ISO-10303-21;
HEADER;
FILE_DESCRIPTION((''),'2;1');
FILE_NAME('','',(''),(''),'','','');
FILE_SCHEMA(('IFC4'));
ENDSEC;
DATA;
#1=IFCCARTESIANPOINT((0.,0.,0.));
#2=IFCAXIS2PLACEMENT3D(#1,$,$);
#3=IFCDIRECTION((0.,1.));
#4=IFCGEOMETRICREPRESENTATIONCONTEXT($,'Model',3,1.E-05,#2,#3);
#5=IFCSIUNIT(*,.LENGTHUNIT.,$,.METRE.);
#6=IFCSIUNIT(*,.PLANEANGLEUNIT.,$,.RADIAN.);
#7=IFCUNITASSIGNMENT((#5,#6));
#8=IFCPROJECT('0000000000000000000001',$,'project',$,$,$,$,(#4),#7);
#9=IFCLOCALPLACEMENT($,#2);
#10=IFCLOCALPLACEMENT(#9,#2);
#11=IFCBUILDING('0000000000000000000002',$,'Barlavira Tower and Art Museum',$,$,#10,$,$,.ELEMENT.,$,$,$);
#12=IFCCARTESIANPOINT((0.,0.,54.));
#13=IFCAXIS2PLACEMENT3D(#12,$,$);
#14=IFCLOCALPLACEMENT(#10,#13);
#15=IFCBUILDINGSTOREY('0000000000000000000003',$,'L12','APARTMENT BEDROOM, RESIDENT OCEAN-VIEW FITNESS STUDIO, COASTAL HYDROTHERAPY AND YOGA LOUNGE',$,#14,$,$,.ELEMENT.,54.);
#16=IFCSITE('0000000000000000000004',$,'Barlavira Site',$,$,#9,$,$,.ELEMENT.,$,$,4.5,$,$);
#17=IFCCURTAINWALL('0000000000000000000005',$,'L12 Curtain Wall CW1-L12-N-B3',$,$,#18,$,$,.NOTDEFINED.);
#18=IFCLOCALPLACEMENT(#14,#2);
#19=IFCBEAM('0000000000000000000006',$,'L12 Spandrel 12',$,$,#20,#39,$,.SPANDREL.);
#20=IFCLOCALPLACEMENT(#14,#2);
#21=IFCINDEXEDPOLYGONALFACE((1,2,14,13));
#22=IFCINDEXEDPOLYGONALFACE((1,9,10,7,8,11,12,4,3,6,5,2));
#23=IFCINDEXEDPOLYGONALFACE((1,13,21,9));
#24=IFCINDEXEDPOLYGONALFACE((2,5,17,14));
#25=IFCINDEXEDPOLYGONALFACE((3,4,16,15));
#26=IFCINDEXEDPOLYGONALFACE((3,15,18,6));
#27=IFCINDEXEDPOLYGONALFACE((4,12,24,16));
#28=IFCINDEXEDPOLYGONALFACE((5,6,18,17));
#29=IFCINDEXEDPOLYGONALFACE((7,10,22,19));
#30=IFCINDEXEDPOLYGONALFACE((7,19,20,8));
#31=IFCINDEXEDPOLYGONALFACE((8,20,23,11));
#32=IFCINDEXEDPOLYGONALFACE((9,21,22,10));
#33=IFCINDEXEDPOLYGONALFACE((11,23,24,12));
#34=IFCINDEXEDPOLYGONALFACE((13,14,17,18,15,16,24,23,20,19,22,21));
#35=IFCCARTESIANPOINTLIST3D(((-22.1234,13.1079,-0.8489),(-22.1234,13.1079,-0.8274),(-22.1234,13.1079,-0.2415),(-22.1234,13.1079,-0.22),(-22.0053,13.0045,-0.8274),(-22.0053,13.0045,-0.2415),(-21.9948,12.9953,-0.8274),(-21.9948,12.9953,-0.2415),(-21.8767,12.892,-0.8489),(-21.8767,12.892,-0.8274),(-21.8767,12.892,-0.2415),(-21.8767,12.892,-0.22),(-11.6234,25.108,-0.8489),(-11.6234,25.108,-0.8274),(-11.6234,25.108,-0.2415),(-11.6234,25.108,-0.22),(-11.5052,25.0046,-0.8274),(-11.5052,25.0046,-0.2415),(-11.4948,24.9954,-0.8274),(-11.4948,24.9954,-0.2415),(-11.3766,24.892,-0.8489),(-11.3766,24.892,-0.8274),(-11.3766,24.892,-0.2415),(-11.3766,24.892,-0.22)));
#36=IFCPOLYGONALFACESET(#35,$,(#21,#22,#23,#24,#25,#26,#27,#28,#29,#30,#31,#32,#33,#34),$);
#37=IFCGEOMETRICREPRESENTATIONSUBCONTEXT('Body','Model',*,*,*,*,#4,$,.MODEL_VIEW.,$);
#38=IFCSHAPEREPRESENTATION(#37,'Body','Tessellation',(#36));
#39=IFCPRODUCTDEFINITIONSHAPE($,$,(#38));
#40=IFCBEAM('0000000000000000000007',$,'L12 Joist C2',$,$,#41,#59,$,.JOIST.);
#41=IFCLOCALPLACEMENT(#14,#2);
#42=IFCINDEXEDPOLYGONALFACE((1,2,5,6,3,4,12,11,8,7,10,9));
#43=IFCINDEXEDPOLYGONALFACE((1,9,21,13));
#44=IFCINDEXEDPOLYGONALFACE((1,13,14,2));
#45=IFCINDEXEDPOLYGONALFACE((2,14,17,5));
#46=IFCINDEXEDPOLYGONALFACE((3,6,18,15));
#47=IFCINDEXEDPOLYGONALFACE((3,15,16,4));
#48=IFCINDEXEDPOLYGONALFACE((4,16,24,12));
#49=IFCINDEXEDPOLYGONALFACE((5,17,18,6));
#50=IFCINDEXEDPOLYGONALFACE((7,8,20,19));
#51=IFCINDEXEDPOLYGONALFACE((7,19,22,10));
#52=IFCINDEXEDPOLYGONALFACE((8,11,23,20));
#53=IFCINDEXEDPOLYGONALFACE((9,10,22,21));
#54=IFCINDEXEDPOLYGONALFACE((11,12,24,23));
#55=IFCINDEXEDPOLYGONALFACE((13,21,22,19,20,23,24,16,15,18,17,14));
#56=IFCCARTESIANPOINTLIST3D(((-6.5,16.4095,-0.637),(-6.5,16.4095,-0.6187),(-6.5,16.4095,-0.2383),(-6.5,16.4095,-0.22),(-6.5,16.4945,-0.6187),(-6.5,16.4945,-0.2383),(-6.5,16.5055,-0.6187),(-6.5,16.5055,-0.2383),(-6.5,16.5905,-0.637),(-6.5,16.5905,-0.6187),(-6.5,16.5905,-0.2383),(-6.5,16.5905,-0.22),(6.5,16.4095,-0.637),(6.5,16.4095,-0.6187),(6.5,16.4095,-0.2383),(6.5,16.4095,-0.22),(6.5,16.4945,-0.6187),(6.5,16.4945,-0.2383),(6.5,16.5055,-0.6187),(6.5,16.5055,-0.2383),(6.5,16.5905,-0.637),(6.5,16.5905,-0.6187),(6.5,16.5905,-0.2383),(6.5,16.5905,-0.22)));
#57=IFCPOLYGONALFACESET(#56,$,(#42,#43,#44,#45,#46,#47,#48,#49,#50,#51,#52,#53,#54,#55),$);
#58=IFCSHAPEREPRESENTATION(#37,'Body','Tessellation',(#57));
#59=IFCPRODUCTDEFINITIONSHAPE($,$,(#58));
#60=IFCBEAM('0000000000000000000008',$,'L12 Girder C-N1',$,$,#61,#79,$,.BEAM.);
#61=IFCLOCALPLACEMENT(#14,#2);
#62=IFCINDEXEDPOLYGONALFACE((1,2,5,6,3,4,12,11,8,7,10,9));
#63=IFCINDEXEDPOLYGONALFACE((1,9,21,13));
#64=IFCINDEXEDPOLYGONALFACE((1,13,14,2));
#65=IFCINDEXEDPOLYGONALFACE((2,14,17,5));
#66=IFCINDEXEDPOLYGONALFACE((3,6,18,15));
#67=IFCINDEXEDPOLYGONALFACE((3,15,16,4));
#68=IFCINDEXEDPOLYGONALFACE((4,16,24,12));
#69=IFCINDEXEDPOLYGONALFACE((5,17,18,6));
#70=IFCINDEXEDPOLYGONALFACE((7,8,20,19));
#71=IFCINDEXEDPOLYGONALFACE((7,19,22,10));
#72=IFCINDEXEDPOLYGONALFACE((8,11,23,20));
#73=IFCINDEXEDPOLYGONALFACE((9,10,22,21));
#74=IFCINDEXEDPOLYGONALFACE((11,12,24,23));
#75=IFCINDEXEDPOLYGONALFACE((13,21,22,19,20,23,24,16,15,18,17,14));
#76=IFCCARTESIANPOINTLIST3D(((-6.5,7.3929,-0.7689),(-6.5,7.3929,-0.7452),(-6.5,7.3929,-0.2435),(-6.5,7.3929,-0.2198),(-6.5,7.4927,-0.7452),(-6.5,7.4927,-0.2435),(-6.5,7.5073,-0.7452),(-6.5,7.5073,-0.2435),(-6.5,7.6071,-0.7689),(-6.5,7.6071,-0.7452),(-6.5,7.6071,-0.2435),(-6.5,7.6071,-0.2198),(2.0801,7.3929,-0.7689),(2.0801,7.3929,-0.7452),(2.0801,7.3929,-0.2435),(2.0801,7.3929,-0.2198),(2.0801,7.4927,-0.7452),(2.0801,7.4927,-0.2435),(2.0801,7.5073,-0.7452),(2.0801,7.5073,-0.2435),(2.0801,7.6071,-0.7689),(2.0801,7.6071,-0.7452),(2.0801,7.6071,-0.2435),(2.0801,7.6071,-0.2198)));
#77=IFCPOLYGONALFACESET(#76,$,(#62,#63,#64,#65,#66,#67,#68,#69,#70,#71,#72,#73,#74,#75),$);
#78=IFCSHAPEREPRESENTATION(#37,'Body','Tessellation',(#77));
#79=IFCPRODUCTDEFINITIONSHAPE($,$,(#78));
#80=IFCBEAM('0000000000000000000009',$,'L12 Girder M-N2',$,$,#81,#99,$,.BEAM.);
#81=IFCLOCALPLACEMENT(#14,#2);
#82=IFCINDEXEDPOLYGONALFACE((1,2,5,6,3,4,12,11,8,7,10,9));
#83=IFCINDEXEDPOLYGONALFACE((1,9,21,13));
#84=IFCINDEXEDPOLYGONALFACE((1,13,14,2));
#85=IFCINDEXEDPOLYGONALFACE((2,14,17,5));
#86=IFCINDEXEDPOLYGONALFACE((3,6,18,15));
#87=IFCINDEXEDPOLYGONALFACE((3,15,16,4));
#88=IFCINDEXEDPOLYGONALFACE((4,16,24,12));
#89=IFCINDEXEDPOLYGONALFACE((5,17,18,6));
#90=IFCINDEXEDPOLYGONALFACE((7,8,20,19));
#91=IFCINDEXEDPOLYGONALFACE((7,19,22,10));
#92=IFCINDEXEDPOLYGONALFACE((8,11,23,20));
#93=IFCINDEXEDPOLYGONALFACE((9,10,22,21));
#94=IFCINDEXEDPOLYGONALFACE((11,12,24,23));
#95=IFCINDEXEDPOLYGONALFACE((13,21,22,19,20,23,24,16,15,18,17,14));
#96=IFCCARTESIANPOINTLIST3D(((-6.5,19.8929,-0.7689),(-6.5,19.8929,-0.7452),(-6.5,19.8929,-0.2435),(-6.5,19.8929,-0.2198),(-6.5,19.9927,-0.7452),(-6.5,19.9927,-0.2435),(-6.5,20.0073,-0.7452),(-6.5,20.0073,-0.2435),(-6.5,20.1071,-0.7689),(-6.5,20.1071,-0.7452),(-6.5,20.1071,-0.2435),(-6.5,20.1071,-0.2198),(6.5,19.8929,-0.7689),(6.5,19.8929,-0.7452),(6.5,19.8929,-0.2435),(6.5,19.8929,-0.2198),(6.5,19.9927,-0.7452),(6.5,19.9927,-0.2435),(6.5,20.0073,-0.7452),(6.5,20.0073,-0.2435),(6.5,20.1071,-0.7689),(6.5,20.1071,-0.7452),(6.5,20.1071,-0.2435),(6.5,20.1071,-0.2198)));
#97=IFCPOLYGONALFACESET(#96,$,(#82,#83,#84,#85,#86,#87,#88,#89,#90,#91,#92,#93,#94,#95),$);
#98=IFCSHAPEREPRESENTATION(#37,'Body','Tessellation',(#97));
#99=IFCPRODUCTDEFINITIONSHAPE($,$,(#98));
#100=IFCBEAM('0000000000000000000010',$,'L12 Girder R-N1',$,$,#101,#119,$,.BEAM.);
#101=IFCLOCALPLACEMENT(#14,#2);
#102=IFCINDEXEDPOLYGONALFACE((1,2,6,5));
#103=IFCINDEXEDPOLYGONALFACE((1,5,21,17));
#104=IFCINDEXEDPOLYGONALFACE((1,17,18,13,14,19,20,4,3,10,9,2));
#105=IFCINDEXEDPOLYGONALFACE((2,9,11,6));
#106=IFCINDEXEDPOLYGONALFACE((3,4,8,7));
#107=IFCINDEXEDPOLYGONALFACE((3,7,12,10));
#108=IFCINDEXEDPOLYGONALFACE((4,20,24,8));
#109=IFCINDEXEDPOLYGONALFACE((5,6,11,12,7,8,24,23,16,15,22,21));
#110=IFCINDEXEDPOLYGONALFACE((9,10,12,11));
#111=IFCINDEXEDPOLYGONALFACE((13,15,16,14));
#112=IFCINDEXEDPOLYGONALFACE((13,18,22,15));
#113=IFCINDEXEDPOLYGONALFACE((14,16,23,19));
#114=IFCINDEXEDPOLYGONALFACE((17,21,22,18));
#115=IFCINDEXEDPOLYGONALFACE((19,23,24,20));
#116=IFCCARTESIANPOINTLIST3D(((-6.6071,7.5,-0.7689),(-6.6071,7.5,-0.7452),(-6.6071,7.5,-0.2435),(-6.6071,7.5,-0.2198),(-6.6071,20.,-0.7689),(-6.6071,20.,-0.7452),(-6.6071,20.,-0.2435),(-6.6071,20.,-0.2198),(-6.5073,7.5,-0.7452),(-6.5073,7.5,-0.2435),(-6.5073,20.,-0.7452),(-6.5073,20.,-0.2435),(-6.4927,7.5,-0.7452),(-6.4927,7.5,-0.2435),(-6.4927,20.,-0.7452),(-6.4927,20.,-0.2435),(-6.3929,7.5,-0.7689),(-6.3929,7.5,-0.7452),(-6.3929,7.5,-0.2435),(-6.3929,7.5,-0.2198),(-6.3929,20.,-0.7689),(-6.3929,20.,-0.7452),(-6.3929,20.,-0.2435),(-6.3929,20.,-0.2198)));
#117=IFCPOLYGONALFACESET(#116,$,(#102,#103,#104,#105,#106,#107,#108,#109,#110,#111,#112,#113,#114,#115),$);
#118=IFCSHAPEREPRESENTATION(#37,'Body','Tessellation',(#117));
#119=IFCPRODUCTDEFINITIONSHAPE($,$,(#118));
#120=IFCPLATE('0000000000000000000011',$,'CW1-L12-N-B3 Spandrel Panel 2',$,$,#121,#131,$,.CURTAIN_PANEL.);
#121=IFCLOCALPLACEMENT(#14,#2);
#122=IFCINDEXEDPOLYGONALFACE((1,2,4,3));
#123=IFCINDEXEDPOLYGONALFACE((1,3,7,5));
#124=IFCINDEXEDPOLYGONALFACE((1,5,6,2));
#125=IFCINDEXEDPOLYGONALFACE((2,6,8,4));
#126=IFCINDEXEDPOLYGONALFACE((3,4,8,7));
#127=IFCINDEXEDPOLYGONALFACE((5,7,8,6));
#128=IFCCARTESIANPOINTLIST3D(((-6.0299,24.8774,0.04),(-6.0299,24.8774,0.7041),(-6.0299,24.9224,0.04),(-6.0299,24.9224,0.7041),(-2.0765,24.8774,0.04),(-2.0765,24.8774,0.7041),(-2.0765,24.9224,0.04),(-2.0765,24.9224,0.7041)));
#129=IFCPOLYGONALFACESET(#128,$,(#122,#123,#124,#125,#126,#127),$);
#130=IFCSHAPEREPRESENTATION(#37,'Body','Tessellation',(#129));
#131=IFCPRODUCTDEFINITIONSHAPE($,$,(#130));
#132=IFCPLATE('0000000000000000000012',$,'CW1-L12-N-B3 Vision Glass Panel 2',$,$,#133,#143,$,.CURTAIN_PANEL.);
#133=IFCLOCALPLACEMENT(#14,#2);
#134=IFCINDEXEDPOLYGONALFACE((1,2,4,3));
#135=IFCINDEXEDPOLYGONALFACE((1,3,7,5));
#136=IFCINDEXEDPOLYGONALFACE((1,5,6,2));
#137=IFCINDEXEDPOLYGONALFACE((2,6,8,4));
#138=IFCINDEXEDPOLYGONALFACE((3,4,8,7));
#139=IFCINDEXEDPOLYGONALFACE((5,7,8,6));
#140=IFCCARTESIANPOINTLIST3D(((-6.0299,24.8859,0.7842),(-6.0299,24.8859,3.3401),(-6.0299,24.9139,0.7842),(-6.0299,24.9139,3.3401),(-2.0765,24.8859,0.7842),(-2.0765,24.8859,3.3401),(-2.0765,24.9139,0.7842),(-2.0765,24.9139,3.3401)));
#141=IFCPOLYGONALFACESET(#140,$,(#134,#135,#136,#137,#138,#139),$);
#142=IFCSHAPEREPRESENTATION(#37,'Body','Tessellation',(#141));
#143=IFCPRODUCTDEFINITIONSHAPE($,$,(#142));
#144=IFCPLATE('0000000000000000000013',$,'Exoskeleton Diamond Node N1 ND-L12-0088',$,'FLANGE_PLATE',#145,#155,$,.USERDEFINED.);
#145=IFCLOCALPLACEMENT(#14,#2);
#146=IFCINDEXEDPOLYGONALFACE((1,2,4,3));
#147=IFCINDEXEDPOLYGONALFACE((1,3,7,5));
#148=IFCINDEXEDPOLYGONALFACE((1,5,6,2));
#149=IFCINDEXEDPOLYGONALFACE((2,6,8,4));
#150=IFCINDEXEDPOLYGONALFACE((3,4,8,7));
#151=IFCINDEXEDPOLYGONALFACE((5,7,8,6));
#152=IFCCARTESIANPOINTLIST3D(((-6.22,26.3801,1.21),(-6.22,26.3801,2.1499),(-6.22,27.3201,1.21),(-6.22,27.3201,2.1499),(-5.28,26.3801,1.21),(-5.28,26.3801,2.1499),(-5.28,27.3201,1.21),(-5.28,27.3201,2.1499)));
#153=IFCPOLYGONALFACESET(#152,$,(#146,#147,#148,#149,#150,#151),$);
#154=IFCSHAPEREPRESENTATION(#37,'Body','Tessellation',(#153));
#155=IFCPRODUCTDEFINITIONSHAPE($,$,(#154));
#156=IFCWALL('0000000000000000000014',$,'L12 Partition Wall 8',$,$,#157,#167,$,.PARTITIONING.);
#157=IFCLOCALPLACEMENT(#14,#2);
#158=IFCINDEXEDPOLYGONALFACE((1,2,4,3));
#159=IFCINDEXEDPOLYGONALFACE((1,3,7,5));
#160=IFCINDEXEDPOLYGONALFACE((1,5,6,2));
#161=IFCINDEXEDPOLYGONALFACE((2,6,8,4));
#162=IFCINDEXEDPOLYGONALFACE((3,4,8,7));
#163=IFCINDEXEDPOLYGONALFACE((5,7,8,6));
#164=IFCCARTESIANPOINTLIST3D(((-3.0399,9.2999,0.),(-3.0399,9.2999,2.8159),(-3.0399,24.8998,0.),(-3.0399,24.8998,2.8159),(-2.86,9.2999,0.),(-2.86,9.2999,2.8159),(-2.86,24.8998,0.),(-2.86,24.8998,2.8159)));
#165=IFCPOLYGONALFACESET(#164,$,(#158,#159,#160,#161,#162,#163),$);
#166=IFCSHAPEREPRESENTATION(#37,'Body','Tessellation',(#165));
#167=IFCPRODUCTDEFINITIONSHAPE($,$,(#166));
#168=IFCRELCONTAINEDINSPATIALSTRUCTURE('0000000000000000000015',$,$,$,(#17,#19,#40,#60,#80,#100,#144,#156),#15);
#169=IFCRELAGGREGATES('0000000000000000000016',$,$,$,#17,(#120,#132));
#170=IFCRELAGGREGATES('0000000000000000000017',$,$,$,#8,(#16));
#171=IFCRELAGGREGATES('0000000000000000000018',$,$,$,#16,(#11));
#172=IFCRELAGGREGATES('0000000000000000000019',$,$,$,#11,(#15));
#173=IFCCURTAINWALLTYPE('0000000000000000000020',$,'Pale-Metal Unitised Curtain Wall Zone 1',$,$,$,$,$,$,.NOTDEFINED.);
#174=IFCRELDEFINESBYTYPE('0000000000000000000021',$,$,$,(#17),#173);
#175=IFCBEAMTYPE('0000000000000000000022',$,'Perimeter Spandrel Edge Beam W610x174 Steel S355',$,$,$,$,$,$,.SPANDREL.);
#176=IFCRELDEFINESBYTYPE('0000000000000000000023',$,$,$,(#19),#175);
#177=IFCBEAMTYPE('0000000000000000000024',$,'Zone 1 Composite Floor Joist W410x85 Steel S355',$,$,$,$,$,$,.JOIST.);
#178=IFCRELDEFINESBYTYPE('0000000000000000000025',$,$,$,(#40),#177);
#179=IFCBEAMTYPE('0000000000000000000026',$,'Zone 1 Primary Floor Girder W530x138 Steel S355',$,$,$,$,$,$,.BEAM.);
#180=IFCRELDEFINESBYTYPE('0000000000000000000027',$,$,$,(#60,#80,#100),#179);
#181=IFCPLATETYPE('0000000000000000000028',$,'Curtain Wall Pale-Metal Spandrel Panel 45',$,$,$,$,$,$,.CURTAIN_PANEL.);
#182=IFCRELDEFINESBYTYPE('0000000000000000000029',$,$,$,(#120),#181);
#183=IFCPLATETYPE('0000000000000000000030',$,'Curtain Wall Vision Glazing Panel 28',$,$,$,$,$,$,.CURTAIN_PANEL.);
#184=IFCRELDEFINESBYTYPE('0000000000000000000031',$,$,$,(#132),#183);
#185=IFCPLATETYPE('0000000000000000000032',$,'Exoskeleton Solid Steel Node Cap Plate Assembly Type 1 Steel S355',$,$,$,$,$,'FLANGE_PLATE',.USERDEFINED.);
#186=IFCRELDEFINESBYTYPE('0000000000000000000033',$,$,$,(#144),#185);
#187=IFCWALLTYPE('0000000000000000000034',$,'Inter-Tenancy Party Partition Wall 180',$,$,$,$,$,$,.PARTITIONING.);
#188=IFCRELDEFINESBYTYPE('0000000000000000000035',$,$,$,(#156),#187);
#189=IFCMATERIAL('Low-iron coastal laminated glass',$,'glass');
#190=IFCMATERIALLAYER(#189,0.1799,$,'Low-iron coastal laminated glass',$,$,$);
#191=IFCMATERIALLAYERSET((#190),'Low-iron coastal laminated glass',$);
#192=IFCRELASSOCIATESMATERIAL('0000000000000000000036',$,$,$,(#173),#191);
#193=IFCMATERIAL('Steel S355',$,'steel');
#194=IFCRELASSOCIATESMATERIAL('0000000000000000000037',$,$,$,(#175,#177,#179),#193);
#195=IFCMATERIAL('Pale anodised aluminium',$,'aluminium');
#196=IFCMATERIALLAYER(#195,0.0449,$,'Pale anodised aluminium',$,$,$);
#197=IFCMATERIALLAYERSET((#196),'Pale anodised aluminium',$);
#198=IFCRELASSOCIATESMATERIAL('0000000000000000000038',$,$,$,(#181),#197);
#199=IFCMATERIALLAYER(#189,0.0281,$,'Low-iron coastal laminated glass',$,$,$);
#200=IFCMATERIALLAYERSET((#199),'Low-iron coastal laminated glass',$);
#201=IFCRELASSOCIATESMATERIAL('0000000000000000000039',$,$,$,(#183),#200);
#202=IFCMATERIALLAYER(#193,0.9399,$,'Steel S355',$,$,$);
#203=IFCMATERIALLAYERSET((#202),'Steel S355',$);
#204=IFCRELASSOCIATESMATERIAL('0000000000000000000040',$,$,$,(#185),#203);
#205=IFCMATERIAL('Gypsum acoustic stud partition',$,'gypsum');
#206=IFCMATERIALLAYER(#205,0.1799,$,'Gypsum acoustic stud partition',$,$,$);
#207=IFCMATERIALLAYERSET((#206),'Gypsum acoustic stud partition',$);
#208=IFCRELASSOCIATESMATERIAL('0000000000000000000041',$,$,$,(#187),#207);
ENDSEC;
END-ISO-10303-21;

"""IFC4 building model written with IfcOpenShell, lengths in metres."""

from ifc_helpers import new_model, si_unit, direction, frame, frame_2d, origin, origin_2d, place, context, subcontext, project, spatial, rectangle, i_section, extrude, material, layer, layer_set, material_profile, profile_set, type_object, element, aggregate, save


model = new_model("IFC4")

# Units and contexts
model_context = context("Model", 3, precision=1e-05, world=origin(), true_north=direction((0.0, 1.0)))
body_context = subcontext(model_context, "Body", "Model", "MODEL_VIEW")
ifc_project = project(units=[si_unit("LENGTHUNIT", "METRE"), si_unit("PLANEANGLEUNIT", "RADIAN")], contexts=[model_context])

# Site, building, storey
site_placement = place(None, origin())
site = spatial("IfcSite", under=ifc_project, at=site_placement, Name="Barlavira Site", CompositionType="ELEMENT", RefElevation=4.5)
building_placement = place(site_placement, origin())
building = spatial("IfcBuilding", under=site, at=building_placement, Name="Barlavira Tower and Art Museum", CompositionType="ELEMENT")
storey_placement = place(building_placement, frame((0.0, 0.0, 54.0)))
storey = spatial("IfcBuildingStorey", under=building, at=storey_placement, Name="L12", Description="APARTMENT BEDROOM, RESIDENT OCEAN-VIEW FITNESS STUDIO, COASTAL HYDROTHERAPY AND YOGA LOUNGE", CompositionType="ELEMENT", Elevation=54.0)

# Shared definitions
ifc_material_1 = material(Name="Steel S355", Category="steel")

# Curtain wall
ifc_material_2 = material(Name="Low-iron coastal laminated glass", Category="glass")
ifc_layer_1 = layer(ifc_material_2, 0.1799, Name="Low-iron coastal laminated glass")
ifc_layer_set_1 = layer_set([ifc_layer_1], Name="Low-iron coastal laminated glass")
curtain_wall_type = type_object("IfcCurtainWallType", Name="Pale-Metal Unitised Curtain Wall Zone 1", PredefinedType="NOTDEFINED", material=ifc_layer_set_1)
curtain_wall_placement = place(storey_placement, origin())
curtain_wall = element("IfcCurtainWall", 1, at=curtain_wall_placement, inside=storey, type_object=curtain_wall_type, Name="L12 Curtain Wall CW1-L12-N-B3", PredefinedType="NOTDEFINED")
ifc_material_3 = material(Name="Pale anodised aluminium", Category="aluminium")

# Beams
ifc_material_profile_1 = material_profile(ifc_material_1, i_section(OverallWidth=0.3279, OverallDepth=0.6289, WebThickness=0.0139, FlangeThickness=0.0215, at=origin_2d()), Name="W610x174.0")
ifc_profile_set_1 = profile_set([ifc_material_profile_1], Name="Steel S355")
beam_type_1 = type_object("IfcBeamType", Name="Perimeter Spandrel Edge Beam W610x174 Steel S355", PredefinedType="SPANDREL", material=ifc_profile_set_1)
beam_1_placement = place(storey_placement, frame((-11.5, 25.0, -0.5344), z_axis=(-0.658505, -0.752577, 0.0), x_axis=(0.752577, -0.658505, 0.0)))
element("IfcBeam", 2, at=beam_1_placement, inside=storey, type_object=beam_type_1, Name="L12 Spandrel 12", PredefinedType="SPANDREL", context=body_context, shape_type="SweptSolid", body=[
    extrude(i_section(OverallWidth=0.3279, OverallDepth=0.6289, WebThickness=0.0139, FlangeThickness=0.0215, at=origin_2d()), origin(), (0.0, 0.0, 1.0), 15.9453),
])
ifc_material_profile_2 = material_profile(ifc_material_1, i_section(OverallWidth=0.1809, OverallDepth=0.417, WebThickness=0.011, FlangeThickness=0.0183, at=origin_2d()), Name="W410x85.0")
ifc_profile_set_2 = profile_set([ifc_material_profile_2], Name="Steel S355")
beam_type_2 = type_object("IfcBeamType", Name="Zone 1 Composite Floor Joist W410x85 Steel S355", PredefinedType="JOIST", material=ifc_profile_set_2)
beam_2_placement = place(storey_placement, frame((-6.5, 16.5, -0.4285), z_axis=(1.0, 0.0, 0.0), x_axis=(0.0, 1.0, 0.0)))
element("IfcBeam", 3, at=beam_2_placement, inside=storey, type_object=beam_type_2, Name="L12 Joist C2", PredefinedType="JOIST", context=body_context, shape_type="SweptSolid", body=[
    extrude(i_section(OverallWidth=0.1809, OverallDepth=0.417, WebThickness=0.011, FlangeThickness=0.0183, at=origin_2d()), origin(), (0.0, 0.0, 1.0), 13.0),
])
ifc_material_profile_3 = material_profile(ifc_material_1, i_section(OverallWidth=0.2141, OverallDepth=0.5491, WebThickness=0.0146, FlangeThickness=0.0237, at=origin_2d()), Name="W530x138.0")
ifc_profile_set_3 = profile_set([ifc_material_profile_3], Name="Steel S355")
beam_type_3 = type_object("IfcBeamType", Name="Zone 1 Primary Floor Girder W530x138 Steel S355", PredefinedType="BEAM", material=ifc_profile_set_3)
beam_3_placement = place(storey_placement, frame((-6.5, 7.5, -0.4944), z_axis=(1.0, 0.0, 0.0), x_axis=(0.0, 1.0, 0.0)))
element("IfcBeam", 4, at=beam_3_placement, inside=storey, type_object=beam_type_3, Name="L12 Girder C-N1", PredefinedType="BEAM", context=body_context, shape_type="SweptSolid", body=[
    extrude(i_section(OverallWidth=0.2141, OverallDepth=0.5491, WebThickness=0.0146, FlangeThickness=0.0237, at=origin_2d()), origin(), (0.0, 0.0, 1.0), 8.5801),
])
beam_4_placement = place(storey_placement, frame((-6.5, 20.0, -0.4944), z_axis=(1.0, 0.0, 0.0), x_axis=(0.0, 1.0, 0.0)))
element("IfcBeam", 5, at=beam_4_placement, inside=storey, type_object=beam_type_3, Name="L12 Girder M-N2", PredefinedType="BEAM", context=body_context, shape_type="SweptSolid", body=[
    extrude(i_section(OverallWidth=0.2141, OverallDepth=0.5491, WebThickness=0.0146, FlangeThickness=0.0237, at=origin_2d()), origin(), (0.0, 0.0, 1.0), 13.0),
])
beam_5_placement = place(storey_placement, frame((-6.5, 7.5, -0.4944), z_axis=(0.0, 1.0, 0.0), x_axis=(-1.0, 0.0, 0.0)))
element("IfcBeam", 6, at=beam_5_placement, inside=storey, type_object=beam_type_3, Name="L12 Girder R-N1", PredefinedType="BEAM", context=body_context, shape_type="SweptSolid", body=[
    extrude(i_section(OverallWidth=0.2141, OverallDepth=0.5491, WebThickness=0.0146, FlangeThickness=0.0237, at=origin_2d()), origin(), (0.0, 0.0, 1.0), 12.5),
])

# Plates
ifc_layer_2 = layer(ifc_material_3, 0.0449, Name="Pale anodised aluminium")
ifc_layer_set_2 = layer_set([ifc_layer_2], Name="Pale anodised aluminium")
plate_type_1 = type_object("IfcPlateType", Name="Curtain Wall Pale-Metal Spandrel Panel 45", PredefinedType="CURTAIN_PANEL", material=ifc_layer_set_2)
plate_1_placement = place(storey_placement, frame((-4.0532, 24.8999, 0.04), z_axis=(0.0, 0.0, 1.0), x_axis=(-1.0, 0.0, 0.0)))
plate_1 = element("IfcPlate", 7, at=plate_1_placement, type_object=plate_type_1, Name="CW1-L12-N-B3 Spandrel Panel 2", PredefinedType="CURTAIN_PANEL", context=body_context, shape_type="SweptSolid", body=[
    extrude(rectangle(XDim=3.9534, YDim=0.0449, at=origin_2d()), origin(), (0.0, 0.0, 1.0), 0.6641),
])
ifc_layer_3 = layer(ifc_material_2, 0.0281, Name="Low-iron coastal laminated glass")
ifc_layer_set_3 = layer_set([ifc_layer_3], Name="Low-iron coastal laminated glass")
plate_type_2 = type_object("IfcPlateType", Name="Curtain Wall Vision Glazing Panel 28", PredefinedType="CURTAIN_PANEL", material=ifc_layer_set_3)
plate_2_placement = place(storey_placement, frame((-4.0532, 24.8999, 0.7842), z_axis=(0.0, 0.0, 1.0), x_axis=(-1.0, 0.0, 0.0)))
plate_2 = element("IfcPlate", 8, at=plate_2_placement, type_object=plate_type_2, Name="CW1-L12-N-B3 Vision Glass Panel 2", PredefinedType="CURTAIN_PANEL", context=body_context, shape_type="SweptSolid", body=[
    extrude(rectangle(XDim=3.9534, YDim=0.0281, at=origin_2d()), origin(), (0.0, 0.0, 1.0), 2.5559),
])
aggregate(curtain_wall, [plate_1, plate_2])
ifc_layer_4 = layer(ifc_material_1, 0.9399, Name="Steel S355")
ifc_layer_set_4 = layer_set([ifc_layer_4], Name="Steel S355")
plate_type_3 = type_object("IfcPlateType", Name="Exoskeleton Solid Steel Node Cap Plate Assembly Type 1 Steel S355", ElementType="FLANGE_PLATE", PredefinedType="USERDEFINED", material=ifc_layer_set_4)
plate_3_placement = place(storey_placement, frame((-5.75, 26.8501, 1.21), z_axis=(0.0, 0.0, 1.0), x_axis=(1.0, 0.0, 0.0)))
element("IfcPlate", 9, at=plate_3_placement, inside=storey, type_object=plate_type_3, Name="Exoskeleton Diamond Node N1 ND-L12-0088", ObjectType="FLANGE_PLATE", PredefinedType="USERDEFINED", context=body_context, shape_type="SweptSolid", body=[
    extrude(rectangle(XDim=0.9399, YDim=0.9399, at=origin_2d()), origin(), (0.0, 0.0, 1.0), 0.9399),
])

# Wall
ifc_material_4 = material(Name="Gypsum acoustic stud partition", Category="gypsum")
ifc_layer_5 = layer(ifc_material_4, 0.1799, Name="Gypsum acoustic stud partition")
ifc_layer_set_5 = layer_set([ifc_layer_5], Name="Gypsum acoustic stud partition")
wall_type_1 = type_object("IfcWallType", Name="Inter-Tenancy Party Partition Wall 180", PredefinedType="PARTITIONING", material=ifc_layer_set_5)
wall_1_placement = place(storey_placement, frame((-2.95, 9.3, 0.0), z_axis=(0.0, 0.0, 1.0), x_axis=(0.0, 1.0, 0.0)))
element("IfcWall", 10, at=wall_1_placement, inside=storey, type_object=wall_type_1, Name="L12 Partition Wall 8", PredefinedType="PARTITIONING", context=body_context, shape_type="SweptSolid", body=[
    extrude(rectangle(XDim=15.5999, YDim=0.1799, at=frame_2d((7.7998, 0.0))), origin(), (0.0, 0.0, 1.0), 2.8159),
])

save(model, "model.ifc")
